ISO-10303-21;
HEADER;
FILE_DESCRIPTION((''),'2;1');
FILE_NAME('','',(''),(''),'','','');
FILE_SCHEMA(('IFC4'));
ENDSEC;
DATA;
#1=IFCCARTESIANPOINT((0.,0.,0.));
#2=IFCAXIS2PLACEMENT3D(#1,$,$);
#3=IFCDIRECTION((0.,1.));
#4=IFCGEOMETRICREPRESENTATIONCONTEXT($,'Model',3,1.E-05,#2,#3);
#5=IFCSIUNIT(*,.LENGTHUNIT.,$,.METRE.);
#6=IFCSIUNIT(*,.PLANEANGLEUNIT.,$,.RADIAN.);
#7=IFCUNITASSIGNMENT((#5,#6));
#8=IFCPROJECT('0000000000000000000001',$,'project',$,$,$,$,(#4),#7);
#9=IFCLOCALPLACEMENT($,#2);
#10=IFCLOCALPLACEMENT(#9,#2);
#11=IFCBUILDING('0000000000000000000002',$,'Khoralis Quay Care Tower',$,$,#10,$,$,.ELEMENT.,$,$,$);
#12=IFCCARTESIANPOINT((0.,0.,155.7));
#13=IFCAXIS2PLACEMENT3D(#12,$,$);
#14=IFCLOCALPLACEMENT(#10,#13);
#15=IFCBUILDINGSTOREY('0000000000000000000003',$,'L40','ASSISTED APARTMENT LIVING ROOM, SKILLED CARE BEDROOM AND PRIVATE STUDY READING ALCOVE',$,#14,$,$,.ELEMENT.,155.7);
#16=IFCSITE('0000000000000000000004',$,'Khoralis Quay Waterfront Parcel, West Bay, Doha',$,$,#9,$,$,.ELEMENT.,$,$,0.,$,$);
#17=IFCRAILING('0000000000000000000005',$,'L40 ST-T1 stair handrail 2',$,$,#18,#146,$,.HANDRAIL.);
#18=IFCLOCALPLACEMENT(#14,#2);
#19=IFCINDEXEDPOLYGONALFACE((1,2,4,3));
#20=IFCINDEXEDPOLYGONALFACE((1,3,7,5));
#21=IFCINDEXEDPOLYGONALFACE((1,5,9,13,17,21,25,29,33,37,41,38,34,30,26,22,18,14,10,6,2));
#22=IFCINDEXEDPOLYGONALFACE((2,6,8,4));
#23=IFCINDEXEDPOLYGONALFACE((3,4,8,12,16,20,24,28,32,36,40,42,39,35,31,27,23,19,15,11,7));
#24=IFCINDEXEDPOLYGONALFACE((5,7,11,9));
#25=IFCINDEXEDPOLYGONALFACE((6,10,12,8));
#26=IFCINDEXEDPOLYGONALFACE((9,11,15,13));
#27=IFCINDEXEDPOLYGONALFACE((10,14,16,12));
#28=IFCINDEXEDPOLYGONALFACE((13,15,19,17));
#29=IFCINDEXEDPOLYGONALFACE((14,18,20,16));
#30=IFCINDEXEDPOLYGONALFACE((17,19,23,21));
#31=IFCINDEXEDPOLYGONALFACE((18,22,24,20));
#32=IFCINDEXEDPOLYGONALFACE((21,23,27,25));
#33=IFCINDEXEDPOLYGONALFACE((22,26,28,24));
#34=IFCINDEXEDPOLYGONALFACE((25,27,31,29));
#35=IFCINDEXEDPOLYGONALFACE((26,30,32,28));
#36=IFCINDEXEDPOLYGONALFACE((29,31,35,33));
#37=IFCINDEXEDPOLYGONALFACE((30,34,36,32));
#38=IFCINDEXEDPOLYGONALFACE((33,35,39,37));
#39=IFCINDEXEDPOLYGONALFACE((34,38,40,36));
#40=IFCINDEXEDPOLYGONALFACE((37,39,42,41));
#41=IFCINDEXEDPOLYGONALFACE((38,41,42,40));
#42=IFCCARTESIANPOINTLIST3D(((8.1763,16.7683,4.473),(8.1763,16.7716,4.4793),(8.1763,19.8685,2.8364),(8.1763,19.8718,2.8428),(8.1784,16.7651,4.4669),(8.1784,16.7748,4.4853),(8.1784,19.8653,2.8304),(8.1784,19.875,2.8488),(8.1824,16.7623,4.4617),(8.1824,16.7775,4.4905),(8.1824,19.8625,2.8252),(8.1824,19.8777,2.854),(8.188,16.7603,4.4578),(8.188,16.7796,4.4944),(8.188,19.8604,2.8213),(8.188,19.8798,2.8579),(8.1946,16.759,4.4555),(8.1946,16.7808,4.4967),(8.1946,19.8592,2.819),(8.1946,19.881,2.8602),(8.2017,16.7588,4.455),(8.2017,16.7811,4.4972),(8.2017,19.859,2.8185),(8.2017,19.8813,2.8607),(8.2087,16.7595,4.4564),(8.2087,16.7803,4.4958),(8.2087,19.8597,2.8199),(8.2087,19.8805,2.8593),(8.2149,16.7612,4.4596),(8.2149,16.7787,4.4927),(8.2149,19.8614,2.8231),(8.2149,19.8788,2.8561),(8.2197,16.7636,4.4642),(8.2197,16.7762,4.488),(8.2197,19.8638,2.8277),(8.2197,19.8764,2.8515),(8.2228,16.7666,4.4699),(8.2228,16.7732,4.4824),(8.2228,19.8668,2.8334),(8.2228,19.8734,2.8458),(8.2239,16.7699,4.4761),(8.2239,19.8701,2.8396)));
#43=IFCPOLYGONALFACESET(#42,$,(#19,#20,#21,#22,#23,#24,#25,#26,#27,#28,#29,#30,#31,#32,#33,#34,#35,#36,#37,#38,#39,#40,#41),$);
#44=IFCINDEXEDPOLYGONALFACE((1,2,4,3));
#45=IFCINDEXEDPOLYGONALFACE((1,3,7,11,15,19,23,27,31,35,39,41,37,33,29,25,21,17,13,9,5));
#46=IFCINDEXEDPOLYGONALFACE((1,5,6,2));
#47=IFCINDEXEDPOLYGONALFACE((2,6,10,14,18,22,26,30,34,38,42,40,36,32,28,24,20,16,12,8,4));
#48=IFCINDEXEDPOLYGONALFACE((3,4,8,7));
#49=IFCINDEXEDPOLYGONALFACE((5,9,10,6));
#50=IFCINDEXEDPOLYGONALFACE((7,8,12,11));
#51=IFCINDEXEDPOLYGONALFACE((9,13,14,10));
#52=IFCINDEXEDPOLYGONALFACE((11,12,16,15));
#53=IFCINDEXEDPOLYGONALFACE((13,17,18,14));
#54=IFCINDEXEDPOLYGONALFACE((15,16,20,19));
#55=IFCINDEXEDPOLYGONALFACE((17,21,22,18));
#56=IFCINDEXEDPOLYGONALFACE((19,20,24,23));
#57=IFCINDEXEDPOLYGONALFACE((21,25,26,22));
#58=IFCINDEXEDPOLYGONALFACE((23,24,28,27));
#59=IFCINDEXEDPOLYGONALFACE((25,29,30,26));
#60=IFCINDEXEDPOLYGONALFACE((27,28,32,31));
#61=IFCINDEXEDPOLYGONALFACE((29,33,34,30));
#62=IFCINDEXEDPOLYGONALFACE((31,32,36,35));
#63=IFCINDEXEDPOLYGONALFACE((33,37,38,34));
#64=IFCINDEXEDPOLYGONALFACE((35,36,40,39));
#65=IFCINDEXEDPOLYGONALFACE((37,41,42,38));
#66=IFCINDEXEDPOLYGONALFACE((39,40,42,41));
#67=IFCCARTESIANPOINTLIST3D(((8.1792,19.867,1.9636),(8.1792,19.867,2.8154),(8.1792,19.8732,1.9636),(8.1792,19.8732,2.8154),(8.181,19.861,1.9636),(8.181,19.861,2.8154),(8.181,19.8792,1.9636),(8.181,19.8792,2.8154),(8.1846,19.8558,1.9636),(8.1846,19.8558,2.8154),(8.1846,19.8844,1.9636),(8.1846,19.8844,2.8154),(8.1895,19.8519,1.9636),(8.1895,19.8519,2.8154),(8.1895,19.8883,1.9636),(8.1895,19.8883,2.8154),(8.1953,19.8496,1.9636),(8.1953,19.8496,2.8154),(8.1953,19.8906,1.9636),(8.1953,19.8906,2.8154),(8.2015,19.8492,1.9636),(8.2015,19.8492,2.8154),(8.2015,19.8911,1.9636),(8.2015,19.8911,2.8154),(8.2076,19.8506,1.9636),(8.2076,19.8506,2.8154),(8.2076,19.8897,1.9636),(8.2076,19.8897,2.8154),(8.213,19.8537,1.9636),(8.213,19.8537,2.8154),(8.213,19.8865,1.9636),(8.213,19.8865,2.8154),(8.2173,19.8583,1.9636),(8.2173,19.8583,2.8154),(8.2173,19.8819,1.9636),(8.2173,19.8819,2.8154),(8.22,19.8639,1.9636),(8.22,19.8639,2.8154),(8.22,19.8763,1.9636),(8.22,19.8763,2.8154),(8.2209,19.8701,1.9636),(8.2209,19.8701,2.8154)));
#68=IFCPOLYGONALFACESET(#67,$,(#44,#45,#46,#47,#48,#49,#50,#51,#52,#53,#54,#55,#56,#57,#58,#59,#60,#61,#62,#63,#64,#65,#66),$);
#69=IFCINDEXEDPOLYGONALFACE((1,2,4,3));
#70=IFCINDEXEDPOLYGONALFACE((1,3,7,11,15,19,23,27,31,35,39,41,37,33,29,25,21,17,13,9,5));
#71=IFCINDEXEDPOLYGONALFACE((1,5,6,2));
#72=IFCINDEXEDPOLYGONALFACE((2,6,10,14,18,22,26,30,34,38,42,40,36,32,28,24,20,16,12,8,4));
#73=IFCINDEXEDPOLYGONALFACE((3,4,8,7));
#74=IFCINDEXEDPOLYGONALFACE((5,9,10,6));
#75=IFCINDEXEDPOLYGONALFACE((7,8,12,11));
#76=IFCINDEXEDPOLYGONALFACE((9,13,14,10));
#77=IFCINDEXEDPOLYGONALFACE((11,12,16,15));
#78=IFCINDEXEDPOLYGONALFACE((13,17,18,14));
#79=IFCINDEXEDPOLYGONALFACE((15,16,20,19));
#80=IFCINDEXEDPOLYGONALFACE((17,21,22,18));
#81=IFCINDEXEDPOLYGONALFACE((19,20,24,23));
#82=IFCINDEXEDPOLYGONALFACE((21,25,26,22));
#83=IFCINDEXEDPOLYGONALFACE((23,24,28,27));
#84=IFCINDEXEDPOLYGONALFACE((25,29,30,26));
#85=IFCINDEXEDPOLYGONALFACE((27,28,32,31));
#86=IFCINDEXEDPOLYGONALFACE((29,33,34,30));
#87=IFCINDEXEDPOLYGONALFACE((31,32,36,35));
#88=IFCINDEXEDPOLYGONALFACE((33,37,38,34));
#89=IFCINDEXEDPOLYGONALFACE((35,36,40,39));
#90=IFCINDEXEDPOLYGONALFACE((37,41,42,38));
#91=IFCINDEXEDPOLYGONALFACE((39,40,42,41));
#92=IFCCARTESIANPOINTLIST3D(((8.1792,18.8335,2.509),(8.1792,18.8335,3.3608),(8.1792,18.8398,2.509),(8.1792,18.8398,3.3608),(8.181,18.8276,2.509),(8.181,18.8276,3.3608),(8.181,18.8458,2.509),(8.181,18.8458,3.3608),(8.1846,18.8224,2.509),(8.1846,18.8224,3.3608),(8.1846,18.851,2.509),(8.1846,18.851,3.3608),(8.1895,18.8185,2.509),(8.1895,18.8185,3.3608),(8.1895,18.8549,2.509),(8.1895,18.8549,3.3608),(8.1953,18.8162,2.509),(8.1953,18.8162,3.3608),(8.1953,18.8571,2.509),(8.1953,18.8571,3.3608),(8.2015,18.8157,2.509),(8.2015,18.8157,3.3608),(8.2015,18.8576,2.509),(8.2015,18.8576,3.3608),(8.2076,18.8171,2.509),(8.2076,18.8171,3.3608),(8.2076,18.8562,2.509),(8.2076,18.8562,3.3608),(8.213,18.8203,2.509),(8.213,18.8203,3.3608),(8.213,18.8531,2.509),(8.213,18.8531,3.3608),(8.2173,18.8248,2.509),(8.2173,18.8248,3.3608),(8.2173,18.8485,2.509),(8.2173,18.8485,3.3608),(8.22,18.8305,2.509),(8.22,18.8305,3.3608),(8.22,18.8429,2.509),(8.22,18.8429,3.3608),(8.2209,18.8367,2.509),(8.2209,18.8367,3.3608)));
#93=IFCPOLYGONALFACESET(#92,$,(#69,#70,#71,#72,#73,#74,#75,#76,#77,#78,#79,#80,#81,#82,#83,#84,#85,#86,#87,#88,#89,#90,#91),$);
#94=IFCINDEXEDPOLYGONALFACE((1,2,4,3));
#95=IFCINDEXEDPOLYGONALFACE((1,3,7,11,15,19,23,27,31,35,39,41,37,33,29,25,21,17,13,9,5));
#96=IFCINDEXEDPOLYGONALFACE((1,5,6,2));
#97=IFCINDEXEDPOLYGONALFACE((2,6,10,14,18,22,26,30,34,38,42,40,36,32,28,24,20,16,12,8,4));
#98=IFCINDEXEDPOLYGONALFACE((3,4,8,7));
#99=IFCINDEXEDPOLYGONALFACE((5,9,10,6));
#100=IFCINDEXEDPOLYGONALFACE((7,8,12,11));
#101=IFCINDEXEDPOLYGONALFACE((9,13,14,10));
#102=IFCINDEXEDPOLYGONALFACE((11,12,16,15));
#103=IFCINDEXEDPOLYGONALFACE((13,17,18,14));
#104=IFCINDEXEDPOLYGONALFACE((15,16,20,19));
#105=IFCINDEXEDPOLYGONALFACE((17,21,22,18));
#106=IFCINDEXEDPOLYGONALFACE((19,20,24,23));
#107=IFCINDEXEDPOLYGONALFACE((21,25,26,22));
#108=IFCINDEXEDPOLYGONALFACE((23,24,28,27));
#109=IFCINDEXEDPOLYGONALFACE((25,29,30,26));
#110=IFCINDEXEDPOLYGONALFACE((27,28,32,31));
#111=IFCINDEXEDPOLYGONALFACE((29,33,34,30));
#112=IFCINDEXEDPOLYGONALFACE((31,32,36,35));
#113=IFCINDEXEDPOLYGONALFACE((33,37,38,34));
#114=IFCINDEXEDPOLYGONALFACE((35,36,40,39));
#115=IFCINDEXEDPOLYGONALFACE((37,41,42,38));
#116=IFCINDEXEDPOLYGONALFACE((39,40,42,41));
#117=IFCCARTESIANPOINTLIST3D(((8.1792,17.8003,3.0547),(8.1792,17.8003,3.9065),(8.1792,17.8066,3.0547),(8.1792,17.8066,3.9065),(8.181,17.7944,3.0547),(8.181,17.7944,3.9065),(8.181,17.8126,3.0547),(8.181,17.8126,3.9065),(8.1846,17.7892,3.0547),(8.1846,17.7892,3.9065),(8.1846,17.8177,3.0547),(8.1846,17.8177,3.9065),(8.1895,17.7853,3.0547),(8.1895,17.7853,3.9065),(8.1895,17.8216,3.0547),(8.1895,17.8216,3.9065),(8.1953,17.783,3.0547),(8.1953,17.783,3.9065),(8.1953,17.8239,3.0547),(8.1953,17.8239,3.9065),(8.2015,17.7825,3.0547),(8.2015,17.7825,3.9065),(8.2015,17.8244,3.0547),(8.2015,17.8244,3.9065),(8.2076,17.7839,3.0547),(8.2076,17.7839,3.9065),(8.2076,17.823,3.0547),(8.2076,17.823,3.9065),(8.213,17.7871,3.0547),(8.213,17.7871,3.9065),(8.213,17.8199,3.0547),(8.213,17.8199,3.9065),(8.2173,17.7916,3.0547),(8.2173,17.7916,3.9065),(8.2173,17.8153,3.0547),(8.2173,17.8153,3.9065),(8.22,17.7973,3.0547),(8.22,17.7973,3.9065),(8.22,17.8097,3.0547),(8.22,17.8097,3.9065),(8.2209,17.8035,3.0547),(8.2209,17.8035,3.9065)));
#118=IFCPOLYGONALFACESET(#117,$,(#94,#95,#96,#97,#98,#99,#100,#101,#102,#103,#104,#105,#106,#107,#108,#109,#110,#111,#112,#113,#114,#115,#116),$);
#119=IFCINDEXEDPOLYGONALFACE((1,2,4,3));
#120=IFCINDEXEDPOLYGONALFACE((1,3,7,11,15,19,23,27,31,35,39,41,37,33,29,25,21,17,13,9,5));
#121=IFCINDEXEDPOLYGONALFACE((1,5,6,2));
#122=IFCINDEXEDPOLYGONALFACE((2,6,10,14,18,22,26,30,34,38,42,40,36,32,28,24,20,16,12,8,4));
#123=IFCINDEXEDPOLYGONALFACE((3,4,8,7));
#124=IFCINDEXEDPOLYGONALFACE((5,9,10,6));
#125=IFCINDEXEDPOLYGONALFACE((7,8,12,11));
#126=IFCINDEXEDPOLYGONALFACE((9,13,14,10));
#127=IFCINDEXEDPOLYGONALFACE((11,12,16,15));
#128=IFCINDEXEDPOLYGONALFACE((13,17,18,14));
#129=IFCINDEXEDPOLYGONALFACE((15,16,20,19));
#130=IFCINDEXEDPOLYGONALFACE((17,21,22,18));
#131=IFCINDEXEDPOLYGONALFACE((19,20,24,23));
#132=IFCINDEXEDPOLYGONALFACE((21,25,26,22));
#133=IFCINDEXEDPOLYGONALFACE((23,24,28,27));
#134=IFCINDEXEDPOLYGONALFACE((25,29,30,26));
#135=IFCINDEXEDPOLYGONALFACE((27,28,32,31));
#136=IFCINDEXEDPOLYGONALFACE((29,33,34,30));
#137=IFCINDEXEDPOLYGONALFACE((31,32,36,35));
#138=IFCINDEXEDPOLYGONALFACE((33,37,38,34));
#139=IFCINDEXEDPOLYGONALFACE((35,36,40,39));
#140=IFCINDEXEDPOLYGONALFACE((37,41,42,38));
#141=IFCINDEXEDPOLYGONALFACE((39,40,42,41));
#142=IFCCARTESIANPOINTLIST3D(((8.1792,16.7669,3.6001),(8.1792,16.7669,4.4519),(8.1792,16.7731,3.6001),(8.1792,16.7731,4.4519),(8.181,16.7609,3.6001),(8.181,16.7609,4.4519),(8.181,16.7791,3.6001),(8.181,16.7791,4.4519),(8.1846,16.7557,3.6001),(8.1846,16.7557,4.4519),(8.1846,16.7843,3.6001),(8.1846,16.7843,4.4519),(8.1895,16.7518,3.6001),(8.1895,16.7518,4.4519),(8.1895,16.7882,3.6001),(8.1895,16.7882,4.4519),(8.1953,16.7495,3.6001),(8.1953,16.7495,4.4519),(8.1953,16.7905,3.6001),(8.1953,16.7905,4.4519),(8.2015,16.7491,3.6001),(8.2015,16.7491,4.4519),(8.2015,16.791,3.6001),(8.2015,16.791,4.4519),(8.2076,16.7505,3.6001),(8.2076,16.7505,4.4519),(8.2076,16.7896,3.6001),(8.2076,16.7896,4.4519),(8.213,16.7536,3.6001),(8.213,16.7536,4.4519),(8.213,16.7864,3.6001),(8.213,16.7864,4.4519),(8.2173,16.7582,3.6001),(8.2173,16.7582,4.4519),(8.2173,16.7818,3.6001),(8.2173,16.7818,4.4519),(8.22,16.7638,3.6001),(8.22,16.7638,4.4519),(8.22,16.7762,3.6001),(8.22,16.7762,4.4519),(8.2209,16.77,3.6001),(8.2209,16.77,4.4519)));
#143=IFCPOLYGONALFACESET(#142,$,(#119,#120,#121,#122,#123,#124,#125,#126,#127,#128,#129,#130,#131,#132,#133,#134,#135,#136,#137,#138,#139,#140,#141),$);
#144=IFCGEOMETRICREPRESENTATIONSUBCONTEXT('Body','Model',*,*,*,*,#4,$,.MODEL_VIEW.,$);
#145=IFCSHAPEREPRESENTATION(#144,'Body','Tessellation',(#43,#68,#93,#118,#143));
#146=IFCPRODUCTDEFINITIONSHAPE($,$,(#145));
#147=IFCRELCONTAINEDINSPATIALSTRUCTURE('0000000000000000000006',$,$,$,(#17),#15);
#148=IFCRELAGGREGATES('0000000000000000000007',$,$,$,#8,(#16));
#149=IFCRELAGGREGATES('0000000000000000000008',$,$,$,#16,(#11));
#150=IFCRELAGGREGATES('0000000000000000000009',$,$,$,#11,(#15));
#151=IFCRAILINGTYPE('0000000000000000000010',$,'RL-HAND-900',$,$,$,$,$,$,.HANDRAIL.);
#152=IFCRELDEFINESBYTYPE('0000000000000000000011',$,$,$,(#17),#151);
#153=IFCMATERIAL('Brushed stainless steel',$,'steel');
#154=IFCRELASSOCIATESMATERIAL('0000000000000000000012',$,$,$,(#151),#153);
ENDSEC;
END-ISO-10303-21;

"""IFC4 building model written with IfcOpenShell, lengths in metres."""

from ifc_helpers import new_model, si_unit, direction, frame, origin, origin_2d, place, context, subcontext, project, spatial, circle, extrude, material, type_object, element, save


model = new_model("IFC4")

# Units and contexts
model_context = context("Model", 3, precision=1e-05, world=origin(), true_north=direction((0.0, 1.0)))
body_context = subcontext(model_context, "Body", "Model", "MODEL_VIEW")
ifc_project = project(units=[si_unit("LENGTHUNIT", "METRE"), si_unit("PLANEANGLEUNIT", "RADIAN")], contexts=[model_context])

# Site, building, storey
site_placement = place(None, origin())
site = spatial("IfcSite", under=ifc_project, at=site_placement, Name="Khoralis Quay Waterfront Parcel, West Bay, Doha", CompositionType="ELEMENT", RefElevation=0.0)
building_placement = place(site_placement, origin())
building = spatial("IfcBuilding", under=site, at=building_placement, Name="Khoralis Quay Care Tower", CompositionType="ELEMENT")
storey_placement = place(building_placement, frame((0.0, 0.0, 155.7)))
storey = spatial("IfcBuildingStorey", under=building, at=storey_placement, Name="L40", Description="ASSISTED APARTMENT LIVING ROOM, SKILLED CARE BEDROOM AND PRIVATE STUDY READING ALCOVE", CompositionType="ELEMENT", Elevation=155.7)

# Shared definitions
ifc_material_1 = material(Name="Brushed stainless steel", Category="steel")

# Railing
railing_type_1 = type_object("IfcRailingType", Name="RL-HAND-900", PredefinedType="HANDRAIL", material=ifc_material_1)
railing_1_placement = place(storey_placement, frame((8.2, 19.8701, 1.9636)))
element("IfcRailing", 1, at=railing_1_placement, inside=storey, type_object=railing_type_1, Name="L40 ST-T1 stair handrail 2", PredefinedType="HANDRAIL", context=body_context, shape_type="SweptSolid", body=[
    extrude(circle(Radius=0.0239, at=origin_2d()), frame((0.0, 0.0, 0.876), z_axis=(0.0, -0.884348, 0.466828), x_axis=(1.0, 0.0, 0.0)), (0.0, 0.0, 1.0), 3.5056),
    extrude(circle(Radius=0.021, at=origin_2d()), origin(), (0.0, 0.0, 1.0), 0.8518),
    extrude(circle(Radius=0.021, at=origin_2d()), frame((0.0, -1.0334, 0.5454)), (0.0, 0.0, 1.0), 0.8518),
    extrude(circle(Radius=0.021, at=origin_2d()), frame((0.0, -2.0667, 1.0911)), (0.0, 0.0, 1.0), 0.8518),
    extrude(circle(Radius=0.021, at=origin_2d()), frame((0.0, -3.1001, 1.6365)), (0.0, 0.0, 1.0), 0.8518),
])

save(model, "model.ifc")
